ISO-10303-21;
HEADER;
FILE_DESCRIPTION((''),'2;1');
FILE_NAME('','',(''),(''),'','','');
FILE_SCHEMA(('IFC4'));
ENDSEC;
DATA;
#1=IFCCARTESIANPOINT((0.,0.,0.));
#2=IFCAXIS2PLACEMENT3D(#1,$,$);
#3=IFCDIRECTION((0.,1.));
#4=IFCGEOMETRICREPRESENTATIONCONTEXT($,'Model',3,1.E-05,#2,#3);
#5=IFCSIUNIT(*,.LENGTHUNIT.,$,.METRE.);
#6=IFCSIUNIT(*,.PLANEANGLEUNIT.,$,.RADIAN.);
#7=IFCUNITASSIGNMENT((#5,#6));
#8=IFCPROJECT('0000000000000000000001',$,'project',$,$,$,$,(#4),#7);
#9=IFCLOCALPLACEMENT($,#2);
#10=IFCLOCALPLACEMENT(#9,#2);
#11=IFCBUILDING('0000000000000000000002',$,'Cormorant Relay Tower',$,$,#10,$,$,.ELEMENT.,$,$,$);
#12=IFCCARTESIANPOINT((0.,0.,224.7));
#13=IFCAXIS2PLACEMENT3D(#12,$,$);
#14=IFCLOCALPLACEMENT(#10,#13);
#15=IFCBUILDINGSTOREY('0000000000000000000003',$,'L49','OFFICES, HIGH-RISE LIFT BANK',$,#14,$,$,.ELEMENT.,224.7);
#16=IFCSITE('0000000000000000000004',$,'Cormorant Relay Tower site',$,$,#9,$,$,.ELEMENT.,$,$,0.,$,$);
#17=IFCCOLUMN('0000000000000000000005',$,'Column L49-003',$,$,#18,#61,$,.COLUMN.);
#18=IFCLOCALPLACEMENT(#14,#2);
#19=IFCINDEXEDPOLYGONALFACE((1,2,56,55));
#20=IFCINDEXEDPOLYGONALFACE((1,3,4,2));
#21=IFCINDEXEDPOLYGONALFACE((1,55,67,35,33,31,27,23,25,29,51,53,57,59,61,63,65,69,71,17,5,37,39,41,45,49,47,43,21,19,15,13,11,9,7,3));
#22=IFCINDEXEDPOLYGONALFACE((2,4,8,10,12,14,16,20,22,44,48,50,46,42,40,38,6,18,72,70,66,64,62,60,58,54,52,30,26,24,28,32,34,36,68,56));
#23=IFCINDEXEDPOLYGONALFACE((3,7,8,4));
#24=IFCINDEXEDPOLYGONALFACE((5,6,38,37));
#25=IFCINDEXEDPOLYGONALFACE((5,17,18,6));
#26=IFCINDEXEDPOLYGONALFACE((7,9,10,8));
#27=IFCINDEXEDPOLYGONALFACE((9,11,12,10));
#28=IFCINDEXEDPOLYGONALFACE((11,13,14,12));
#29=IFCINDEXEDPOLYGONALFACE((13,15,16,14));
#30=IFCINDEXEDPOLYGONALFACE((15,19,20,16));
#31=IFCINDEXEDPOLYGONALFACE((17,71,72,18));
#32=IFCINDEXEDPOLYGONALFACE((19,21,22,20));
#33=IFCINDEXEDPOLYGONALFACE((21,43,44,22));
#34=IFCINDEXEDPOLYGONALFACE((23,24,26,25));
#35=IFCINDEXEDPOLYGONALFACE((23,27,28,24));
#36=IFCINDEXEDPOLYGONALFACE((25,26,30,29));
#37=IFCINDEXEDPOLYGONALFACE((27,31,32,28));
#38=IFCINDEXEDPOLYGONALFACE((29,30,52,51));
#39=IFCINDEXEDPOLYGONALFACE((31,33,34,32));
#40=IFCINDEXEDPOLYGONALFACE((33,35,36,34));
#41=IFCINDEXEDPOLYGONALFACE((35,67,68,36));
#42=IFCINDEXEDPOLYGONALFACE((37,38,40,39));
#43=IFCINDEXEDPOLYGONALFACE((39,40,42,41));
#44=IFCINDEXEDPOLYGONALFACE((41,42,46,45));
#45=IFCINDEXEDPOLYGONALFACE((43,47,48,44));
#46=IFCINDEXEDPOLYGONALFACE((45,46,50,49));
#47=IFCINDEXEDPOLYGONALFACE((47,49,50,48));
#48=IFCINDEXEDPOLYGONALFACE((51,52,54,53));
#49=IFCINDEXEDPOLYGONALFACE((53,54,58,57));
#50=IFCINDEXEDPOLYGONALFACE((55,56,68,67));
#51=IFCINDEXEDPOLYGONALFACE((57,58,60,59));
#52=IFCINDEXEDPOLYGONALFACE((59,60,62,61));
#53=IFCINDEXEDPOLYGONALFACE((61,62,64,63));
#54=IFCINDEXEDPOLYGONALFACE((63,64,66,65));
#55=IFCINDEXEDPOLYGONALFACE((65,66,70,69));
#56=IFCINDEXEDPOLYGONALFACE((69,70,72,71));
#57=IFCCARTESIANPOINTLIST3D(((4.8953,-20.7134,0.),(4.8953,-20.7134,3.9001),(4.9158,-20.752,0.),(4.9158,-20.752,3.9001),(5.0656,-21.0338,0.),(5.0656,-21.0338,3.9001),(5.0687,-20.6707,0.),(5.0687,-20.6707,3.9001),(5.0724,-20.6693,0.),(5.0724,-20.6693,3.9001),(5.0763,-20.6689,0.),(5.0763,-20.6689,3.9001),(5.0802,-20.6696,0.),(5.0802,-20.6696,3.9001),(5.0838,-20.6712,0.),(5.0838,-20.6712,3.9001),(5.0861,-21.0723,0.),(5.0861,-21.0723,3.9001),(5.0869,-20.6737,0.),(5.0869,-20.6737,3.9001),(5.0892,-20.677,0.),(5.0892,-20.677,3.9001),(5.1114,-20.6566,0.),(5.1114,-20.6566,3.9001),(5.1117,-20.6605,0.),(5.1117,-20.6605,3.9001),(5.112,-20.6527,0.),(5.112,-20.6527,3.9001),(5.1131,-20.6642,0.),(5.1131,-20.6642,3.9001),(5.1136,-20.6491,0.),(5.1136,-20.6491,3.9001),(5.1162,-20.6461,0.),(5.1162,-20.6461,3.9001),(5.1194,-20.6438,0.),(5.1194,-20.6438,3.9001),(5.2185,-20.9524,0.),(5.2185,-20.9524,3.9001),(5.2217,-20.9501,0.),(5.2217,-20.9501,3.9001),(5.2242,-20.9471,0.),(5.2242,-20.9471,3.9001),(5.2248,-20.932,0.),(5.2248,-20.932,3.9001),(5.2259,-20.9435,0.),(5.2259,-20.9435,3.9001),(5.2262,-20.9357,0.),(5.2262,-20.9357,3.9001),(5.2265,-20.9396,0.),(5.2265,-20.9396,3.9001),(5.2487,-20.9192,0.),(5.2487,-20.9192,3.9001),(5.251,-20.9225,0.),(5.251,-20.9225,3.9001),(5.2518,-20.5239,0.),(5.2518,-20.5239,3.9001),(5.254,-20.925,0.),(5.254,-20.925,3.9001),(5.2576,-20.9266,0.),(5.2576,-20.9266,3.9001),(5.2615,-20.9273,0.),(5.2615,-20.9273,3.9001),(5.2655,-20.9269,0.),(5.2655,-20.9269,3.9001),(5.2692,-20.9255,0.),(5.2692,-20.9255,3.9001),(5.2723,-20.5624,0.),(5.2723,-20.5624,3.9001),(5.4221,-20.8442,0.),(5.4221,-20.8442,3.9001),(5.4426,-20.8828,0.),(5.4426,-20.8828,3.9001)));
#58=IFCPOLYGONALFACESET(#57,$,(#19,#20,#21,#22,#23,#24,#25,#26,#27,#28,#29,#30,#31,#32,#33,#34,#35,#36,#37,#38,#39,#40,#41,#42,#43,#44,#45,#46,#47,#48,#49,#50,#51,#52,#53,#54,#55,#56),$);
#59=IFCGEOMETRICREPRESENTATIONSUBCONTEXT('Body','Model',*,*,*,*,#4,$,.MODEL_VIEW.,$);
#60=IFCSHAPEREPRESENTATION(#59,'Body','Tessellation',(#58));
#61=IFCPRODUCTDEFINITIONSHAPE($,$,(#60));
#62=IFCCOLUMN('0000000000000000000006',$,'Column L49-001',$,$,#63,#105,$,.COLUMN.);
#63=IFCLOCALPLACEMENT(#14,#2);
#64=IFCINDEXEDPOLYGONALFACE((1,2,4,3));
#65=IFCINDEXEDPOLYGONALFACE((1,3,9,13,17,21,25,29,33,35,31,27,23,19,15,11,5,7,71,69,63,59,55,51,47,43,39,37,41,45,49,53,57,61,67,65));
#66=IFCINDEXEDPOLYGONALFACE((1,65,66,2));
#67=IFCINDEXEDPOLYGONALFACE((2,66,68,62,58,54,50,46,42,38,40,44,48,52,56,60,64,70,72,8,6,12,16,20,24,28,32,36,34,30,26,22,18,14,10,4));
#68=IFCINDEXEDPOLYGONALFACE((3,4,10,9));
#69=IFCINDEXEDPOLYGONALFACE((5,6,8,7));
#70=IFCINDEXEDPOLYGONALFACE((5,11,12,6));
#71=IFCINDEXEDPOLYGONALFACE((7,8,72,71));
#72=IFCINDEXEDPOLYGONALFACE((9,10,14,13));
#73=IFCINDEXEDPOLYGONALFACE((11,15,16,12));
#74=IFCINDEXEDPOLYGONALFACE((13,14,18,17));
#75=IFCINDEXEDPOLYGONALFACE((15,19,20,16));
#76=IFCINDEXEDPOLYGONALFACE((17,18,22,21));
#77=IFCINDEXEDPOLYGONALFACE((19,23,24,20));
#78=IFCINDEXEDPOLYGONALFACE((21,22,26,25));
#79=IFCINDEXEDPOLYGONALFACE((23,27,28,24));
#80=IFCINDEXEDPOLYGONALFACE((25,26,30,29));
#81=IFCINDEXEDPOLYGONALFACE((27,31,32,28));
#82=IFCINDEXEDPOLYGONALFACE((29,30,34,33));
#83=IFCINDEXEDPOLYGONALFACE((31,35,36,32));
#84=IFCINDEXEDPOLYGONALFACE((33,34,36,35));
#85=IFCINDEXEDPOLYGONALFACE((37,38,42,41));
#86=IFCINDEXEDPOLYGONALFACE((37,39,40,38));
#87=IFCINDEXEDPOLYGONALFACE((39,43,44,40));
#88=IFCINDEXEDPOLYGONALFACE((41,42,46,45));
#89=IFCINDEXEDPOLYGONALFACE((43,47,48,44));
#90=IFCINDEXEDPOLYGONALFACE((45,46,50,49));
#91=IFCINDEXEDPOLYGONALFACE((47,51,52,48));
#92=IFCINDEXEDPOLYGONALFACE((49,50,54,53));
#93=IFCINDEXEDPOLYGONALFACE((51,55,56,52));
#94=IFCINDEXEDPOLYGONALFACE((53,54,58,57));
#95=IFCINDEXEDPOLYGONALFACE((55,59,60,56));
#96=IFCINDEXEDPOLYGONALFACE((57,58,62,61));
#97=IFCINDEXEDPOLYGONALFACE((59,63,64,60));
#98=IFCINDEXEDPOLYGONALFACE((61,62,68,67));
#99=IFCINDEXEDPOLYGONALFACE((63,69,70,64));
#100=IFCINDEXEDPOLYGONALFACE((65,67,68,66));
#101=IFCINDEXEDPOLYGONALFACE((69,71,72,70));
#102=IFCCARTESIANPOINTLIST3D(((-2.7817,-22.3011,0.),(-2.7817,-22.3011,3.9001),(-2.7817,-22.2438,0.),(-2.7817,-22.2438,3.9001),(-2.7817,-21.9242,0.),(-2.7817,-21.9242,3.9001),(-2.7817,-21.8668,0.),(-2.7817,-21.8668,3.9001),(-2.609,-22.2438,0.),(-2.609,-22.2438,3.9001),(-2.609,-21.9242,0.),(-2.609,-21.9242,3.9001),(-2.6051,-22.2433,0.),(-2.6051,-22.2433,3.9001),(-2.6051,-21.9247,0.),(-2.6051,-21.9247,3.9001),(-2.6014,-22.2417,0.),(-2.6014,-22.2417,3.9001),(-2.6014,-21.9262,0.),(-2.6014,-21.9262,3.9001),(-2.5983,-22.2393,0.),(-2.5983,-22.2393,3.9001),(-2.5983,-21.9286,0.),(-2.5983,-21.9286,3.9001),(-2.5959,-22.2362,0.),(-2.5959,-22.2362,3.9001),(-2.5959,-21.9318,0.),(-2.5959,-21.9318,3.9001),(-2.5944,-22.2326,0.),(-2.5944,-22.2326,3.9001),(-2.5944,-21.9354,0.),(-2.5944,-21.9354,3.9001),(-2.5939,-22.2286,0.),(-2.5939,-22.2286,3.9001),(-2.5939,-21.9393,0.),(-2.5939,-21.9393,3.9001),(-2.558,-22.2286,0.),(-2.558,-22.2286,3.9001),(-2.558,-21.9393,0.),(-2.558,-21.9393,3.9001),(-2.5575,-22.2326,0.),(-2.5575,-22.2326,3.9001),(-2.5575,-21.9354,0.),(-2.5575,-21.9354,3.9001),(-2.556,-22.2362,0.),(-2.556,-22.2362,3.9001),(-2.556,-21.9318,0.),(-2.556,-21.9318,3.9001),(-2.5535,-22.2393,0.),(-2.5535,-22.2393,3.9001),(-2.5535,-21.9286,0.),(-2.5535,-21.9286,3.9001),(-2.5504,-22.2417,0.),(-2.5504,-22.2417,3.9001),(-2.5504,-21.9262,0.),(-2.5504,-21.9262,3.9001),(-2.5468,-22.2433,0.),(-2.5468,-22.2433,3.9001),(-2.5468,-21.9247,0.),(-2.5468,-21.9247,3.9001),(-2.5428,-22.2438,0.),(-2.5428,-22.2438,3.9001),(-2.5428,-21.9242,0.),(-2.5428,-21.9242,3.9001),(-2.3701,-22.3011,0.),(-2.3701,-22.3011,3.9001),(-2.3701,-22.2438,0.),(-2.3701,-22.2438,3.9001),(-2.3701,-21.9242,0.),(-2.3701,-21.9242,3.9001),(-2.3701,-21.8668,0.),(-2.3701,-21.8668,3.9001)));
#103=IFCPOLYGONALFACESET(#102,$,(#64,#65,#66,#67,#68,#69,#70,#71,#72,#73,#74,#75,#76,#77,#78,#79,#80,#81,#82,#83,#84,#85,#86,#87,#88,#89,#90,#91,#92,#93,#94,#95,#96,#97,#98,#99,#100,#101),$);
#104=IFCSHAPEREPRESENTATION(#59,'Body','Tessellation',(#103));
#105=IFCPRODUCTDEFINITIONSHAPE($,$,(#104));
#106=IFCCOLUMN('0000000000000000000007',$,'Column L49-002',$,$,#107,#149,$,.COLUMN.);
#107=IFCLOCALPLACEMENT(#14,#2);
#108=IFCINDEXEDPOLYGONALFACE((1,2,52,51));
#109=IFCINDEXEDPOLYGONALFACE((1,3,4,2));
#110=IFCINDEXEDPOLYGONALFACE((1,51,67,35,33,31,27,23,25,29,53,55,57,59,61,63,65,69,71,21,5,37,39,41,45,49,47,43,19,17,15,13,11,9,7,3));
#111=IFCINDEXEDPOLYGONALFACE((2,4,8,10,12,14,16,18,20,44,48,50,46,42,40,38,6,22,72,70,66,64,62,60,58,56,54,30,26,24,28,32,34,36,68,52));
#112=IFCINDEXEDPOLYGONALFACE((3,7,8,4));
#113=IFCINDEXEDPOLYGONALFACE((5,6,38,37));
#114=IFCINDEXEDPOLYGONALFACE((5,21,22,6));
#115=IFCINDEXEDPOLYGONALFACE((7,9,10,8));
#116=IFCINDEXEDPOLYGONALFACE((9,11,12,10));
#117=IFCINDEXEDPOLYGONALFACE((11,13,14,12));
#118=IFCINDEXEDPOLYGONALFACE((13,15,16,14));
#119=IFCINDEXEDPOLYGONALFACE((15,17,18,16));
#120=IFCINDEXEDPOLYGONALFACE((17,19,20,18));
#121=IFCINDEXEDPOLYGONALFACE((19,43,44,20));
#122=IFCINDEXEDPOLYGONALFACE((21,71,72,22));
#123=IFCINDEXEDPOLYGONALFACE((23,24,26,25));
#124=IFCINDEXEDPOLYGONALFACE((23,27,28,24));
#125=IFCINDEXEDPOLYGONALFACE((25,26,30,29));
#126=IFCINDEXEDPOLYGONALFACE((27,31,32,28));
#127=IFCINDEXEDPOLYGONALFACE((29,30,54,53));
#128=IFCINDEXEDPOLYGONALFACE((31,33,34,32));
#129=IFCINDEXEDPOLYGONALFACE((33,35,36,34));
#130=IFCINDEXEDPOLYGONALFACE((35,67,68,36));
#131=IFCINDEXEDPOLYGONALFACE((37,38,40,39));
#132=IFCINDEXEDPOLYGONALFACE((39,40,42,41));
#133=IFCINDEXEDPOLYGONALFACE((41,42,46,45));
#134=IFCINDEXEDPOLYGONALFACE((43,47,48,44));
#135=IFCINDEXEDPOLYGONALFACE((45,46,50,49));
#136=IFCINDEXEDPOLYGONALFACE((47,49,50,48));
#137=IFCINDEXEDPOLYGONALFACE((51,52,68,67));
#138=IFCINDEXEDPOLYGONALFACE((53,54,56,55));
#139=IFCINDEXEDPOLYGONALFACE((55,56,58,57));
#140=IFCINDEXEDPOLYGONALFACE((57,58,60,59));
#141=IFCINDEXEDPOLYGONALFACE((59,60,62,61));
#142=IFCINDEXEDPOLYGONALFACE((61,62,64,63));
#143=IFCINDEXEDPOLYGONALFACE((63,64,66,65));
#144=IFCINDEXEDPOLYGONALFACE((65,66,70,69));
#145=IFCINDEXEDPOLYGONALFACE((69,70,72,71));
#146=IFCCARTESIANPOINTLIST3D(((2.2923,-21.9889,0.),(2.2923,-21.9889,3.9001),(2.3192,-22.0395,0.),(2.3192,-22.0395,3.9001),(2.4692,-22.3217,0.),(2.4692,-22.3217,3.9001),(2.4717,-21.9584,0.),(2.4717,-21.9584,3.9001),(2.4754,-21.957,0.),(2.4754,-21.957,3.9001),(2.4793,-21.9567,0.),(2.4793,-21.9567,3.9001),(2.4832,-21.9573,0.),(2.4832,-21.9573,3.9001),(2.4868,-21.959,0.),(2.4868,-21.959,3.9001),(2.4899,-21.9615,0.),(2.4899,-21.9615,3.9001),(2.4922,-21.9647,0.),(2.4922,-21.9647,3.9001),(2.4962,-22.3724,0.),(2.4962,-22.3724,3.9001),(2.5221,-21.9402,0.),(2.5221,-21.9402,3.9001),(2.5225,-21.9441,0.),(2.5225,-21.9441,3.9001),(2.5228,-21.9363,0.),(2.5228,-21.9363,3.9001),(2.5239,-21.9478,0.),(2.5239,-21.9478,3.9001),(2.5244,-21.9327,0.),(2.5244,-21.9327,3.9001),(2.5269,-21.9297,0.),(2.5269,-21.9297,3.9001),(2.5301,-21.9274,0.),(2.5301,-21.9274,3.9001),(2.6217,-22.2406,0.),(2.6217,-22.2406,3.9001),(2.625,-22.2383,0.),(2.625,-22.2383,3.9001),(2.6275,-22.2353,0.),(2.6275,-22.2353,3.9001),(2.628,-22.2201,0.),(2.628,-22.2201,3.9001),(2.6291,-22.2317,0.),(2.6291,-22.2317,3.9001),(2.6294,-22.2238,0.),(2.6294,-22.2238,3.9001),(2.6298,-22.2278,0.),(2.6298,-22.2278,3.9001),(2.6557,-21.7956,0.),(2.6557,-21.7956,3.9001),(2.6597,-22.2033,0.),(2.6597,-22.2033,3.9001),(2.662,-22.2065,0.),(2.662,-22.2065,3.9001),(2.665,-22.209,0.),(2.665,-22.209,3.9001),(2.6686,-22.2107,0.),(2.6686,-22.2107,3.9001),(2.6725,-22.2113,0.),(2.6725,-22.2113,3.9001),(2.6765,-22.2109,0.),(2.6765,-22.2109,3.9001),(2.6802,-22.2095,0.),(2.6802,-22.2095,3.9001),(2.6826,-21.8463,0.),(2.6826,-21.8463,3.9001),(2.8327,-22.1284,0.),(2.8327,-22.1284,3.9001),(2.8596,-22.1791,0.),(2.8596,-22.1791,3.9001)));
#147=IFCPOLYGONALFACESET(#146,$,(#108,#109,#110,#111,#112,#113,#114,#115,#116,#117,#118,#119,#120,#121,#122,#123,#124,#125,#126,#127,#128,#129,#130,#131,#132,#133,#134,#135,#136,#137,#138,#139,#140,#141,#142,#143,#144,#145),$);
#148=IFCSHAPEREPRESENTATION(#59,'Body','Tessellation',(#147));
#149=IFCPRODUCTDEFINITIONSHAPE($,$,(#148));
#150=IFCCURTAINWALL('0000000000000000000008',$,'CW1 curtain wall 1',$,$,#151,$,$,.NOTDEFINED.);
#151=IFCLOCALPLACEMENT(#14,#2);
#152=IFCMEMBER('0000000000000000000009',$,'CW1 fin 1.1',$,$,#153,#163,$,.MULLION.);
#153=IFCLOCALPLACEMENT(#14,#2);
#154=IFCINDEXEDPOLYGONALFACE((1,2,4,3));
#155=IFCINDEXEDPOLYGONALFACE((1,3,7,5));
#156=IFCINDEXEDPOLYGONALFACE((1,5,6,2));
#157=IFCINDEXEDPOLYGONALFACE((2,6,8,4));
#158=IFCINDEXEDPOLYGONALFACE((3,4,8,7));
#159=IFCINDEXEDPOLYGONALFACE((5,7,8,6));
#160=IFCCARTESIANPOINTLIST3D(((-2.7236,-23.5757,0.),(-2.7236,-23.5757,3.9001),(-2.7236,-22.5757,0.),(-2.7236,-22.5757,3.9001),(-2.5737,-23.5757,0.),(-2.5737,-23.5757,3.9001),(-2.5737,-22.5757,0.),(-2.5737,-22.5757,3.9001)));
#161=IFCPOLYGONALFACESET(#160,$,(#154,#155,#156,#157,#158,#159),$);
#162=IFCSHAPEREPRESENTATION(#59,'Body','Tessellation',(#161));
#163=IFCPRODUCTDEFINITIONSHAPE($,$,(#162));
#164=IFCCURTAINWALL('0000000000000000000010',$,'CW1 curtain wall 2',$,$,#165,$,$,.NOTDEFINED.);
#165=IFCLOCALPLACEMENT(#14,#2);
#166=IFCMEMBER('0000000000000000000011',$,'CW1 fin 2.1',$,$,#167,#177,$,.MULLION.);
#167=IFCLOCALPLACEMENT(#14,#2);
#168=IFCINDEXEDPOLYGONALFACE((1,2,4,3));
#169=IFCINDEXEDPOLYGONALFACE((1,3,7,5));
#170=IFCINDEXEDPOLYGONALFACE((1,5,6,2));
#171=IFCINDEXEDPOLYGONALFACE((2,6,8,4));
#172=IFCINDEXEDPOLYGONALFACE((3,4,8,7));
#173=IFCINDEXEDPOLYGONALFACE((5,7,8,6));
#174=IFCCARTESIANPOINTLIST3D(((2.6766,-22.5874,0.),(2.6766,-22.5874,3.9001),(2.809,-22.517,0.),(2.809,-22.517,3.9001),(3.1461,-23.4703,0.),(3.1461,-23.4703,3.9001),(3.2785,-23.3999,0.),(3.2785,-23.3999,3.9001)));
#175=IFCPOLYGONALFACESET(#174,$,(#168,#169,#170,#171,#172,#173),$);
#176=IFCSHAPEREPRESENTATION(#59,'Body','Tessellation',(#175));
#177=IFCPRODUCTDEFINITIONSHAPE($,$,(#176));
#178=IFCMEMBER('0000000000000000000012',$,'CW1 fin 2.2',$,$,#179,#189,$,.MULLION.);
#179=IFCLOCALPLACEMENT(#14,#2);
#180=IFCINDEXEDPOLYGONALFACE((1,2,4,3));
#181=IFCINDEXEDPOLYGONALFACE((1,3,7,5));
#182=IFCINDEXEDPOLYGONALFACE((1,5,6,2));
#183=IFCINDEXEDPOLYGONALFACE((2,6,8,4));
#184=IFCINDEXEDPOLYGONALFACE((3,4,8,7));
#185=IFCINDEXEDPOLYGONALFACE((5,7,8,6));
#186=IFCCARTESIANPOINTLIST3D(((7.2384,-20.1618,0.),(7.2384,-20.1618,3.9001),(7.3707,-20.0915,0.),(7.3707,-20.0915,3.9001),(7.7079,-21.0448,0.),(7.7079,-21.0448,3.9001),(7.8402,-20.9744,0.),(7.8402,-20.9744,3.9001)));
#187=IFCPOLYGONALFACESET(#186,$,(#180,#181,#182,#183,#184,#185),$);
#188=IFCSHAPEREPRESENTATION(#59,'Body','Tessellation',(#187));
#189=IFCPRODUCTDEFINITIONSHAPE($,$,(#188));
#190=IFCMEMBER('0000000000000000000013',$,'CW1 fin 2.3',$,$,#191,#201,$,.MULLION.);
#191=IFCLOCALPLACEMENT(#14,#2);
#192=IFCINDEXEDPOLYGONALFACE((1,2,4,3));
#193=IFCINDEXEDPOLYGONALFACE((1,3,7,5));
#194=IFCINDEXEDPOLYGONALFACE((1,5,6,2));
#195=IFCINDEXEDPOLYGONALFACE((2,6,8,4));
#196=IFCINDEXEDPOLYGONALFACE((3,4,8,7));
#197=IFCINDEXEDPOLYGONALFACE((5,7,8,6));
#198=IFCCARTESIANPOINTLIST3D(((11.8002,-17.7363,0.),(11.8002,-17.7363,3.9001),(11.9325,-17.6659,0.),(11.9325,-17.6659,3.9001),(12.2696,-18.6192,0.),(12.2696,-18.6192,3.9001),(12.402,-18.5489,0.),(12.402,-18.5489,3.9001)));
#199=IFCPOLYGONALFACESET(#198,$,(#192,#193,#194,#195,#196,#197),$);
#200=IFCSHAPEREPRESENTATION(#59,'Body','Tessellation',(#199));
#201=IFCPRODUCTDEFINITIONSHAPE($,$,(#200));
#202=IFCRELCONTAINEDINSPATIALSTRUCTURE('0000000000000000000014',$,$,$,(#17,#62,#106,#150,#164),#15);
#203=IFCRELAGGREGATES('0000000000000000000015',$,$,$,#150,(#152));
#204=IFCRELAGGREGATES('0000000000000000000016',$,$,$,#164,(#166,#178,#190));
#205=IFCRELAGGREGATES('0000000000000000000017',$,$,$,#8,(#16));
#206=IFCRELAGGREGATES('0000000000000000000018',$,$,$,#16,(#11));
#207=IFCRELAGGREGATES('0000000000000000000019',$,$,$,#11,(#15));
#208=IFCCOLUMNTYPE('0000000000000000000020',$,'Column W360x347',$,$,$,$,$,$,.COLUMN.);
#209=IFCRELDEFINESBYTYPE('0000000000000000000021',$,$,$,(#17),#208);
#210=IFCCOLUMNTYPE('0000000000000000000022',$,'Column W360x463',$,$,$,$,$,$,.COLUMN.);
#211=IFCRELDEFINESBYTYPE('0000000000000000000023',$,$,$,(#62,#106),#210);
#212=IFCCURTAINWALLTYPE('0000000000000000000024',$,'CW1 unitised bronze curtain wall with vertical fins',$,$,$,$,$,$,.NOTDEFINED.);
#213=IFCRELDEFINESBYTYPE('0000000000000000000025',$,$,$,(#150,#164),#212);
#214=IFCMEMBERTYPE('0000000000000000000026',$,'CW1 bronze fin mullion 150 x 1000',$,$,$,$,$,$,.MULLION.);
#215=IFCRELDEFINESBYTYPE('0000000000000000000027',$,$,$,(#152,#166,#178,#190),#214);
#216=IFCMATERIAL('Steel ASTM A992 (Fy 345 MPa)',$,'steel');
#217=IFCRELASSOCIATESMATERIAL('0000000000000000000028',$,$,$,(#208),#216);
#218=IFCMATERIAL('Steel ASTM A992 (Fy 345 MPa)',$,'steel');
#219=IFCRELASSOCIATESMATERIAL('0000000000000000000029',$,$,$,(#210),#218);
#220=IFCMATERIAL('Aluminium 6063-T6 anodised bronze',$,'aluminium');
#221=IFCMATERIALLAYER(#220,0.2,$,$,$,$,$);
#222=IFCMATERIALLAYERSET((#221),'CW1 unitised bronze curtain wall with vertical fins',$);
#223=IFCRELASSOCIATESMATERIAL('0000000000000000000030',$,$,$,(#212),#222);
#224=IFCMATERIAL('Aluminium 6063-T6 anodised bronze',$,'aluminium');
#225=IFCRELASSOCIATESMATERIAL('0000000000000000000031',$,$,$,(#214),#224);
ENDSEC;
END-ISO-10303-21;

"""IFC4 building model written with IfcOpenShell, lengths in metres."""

from ifc_helpers import new_model, si_unit, direction, frame, origin, origin_2d, place, context, subcontext, project, spatial, rectangle, i_section, extrude, material, layer, layer_set, material_profile, profile_set, type_object, element, aggregate, save


model = new_model("IFC4")

# Units and contexts
model_context = context("Model", 3, precision=1e-05, world=origin(), true_north=direction((0.0, 1.0)))
body_context = subcontext(model_context, "Body", "Model", "MODEL_VIEW")
ifc_project = project(units=[si_unit("LENGTHUNIT", "METRE"), si_unit("PLANEANGLEUNIT", "RADIAN")], contexts=[model_context])

# Site, building, storey
site_placement = place(None, origin())
site = spatial("IfcSite", under=ifc_project, at=site_placement, Name="Cormorant Relay Tower site", CompositionType="ELEMENT", RefElevation=0.0)
building_placement = place(site_placement, origin())
building = spatial("IfcBuilding", under=site, at=building_placement, Name="Cormorant Relay Tower", CompositionType="ELEMENT")
storey_placement = place(building_placement, frame((0.0, 0.0, 224.7)))
storey = spatial("IfcBuildingStorey", under=building, at=storey_placement, Name="L49", Description="OFFICES, HIGH-RISE LIFT BANK", CompositionType="ELEMENT", Elevation=224.7)

# Columns
ifc_material_1 = material(Name="Steel ASTM A992 (Fy 345 MPa)", Category="steel")
ifc_material_profile_1 = material_profile(ifc_material_1, i_section(OverallWidth=0.4038, OverallDepth=0.4065, WebThickness=0.0271, FlangeThickness=0.0437, FilletRadius=0.0151, at=origin_2d()), Name="W360x347")
ifc_profile_set_1 = profile_set([ifc_material_profile_1], Name="Steel ASTM A992 (Fy 345 MPa)")
column_type_1 = type_object("IfcColumnType", Name="Column W360x347", PredefinedType="COLUMN", material=ifc_profile_set_1)
column_placement = place(storey_placement, frame((5.1689, -20.7981, 0.0), z_axis=(0.0, 0.0, 1.0), x_axis=(0.882948, 0.469472, 0.0)))
element("IfcColumn", 1, at=column_placement, inside=storey, type_object=column_type_1, Name="Column L49-003", PredefinedType="COLUMN", context=body_context, shape_type="SweptSolid", body=[
    extrude(i_section(OverallWidth=0.4038, OverallDepth=0.4065, WebThickness=0.0271, FlangeThickness=0.0437, FilletRadius=0.0151, at=origin_2d()), origin(), (0.0, 0.0, 1.0), 3.9001),
])
ifc_material_2 = material(Name="Steel ASTM A992 (Fy 345 MPa)", Category="steel")
ifc_material_profile_2 = material_profile(ifc_material_2, i_section(OverallWidth=0.4116, OverallDepth=0.4343, WebThickness=0.0359, FlangeThickness=0.0574, FilletRadius=0.0151, at=origin_2d()), Name="W360x463")
ifc_profile_set_2 = profile_set([ifc_material_profile_2], Name="Steel ASTM A992 (Fy 345 MPa)")
column_type_2 = type_object("IfcColumnType", Name="Column W360x463", PredefinedType="COLUMN", material=ifc_profile_set_2)
for number, where, z_axis, x_axis, name in (
    (2, (-2.5759, -22.084, 0.0), (0.0, 0.0, 1.0), (1.0, 0.0, 0.0), "Column L49-001"),
    (3, (2.5759, -22.084, 0.0), (0.0, 0.0, 1.0), (0.882948, 0.469472, 0.0), "Column L49-002"),
):
    element("IfcColumn", number, at=place(storey_placement, frame(where, z_axis=z_axis, x_axis=x_axis)), inside=storey, type_object=column_type_2, Name=name, PredefinedType="COLUMN", context=body_context, shape_type="SweptSolid", body=[
        extrude(i_section(OverallWidth=0.4116, OverallDepth=0.4343, WebThickness=0.0359, FlangeThickness=0.0574, FilletRadius=0.0151, at=origin_2d()), origin(), (0.0, 0.0, 1.0), 3.9001),
    ])

# Curtain wall, member
ifc_material_3 = material(Name="Aluminium 6063-T6 anodised bronze", Category="aluminium")
ifc_layer_1 = layer(ifc_material_3, 0.2)
ifc_layer_set_1 = layer_set([ifc_layer_1], Name="CW1 unitised bronze curtain wall with vertical fins")
curtain_wall_type = type_object("IfcCurtainWallType", Name="CW1 unitised bronze curtain wall with vertical fins", PredefinedType="NOTDEFINED", material=ifc_layer_set_1)
curtain_wall_1_placement = place(storey_placement, origin())
curtain_wall_1 = element("IfcCurtainWall", 4, at=curtain_wall_1_placement, inside=storey, type_object=curtain_wall_type, Name="CW1 curtain wall 1", PredefinedType="NOTDEFINED")
ifc_material_4 = material(Name="Aluminium 6063-T6 anodised bronze", Category="aluminium")
ifc_material_profile_3 = material_profile(ifc_material_4, rectangle(XDim=0.1499, YDim=1.0, at=origin_2d()), Name="AL 150x1000")
ifc_profile_set_3 = profile_set([ifc_material_profile_3], Name="Aluminium 6063-T6 anodised bronze")
member_type_1 = type_object("IfcMemberType", Name="CW1 bronze fin mullion 150 x 1000", PredefinedType="MULLION", material=ifc_profile_set_3)
member_1_placement = place(storey_placement, frame((-2.6487, -23.0757, 0.0), z_axis=(0.0, 0.0, 1.0), x_axis=(1.0, 0.0, 0.0)))
member_1 = element("IfcMember", 5, at=member_1_placement, type_object=member_type_1, Name="CW1 fin 1.1", PredefinedType="MULLION", context=body_context, shape_type="SweptSolid", body=[
    extrude(rectangle(XDim=0.1499, YDim=1.0, at=origin_2d()), origin(), (0.0, 0.0, 1.0), 3.9001),
])

# Curtain wall, members
curtain_wall_2_placement = place(storey_placement, origin())
curtain_wall_2 = element("IfcCurtainWall", 6, at=curtain_wall_2_placement, inside=storey, type_object=curtain_wall_type, Name="CW1 curtain wall 2", PredefinedType="NOTDEFINED")
member_2_placement = place(storey_placement, frame((2.9775, -22.9937, 0.0), z_axis=(0.0, 0.0, 1.0), x_axis=(0.882948, 0.469472, 0.0)))
member_2 = element("IfcMember", 7, at=member_2_placement, type_object=member_type_1, Name="CW1 fin 2.1", PredefinedType="MULLION", context=body_context, shape_type="SweptSolid", body=[
    extrude(rectangle(XDim=0.1499, YDim=1.0, at=origin_2d()), origin(), (0.0, 0.0, 1.0), 3.9001),
])
member_3_placement = place(storey_placement, frame((7.5393, -20.5681, 0.0), z_axis=(0.0, 0.0, 1.0), x_axis=(0.882948, 0.469472, 0.0)))
member_3 = element("IfcMember", 8, at=member_3_placement, type_object=member_type_1, Name="CW1 fin 2.2", PredefinedType="MULLION", context=body_context, shape_type="SweptSolid", body=[
    extrude(rectangle(XDim=0.1499, YDim=1.0, at=origin_2d()), origin(), (0.0, 0.0, 1.0), 3.9001),
])
member_4_placement = place(storey_placement, frame((12.1011, -18.1426, 0.0), z_axis=(0.0, 0.0, 1.0), x_axis=(0.882948, 0.469472, 0.0)))
member_4 = element("IfcMember", 9, at=member_4_placement, type_object=member_type_1, Name="CW1 fin 2.3", PredefinedType="MULLION", context=body_context, shape_type="SweptSolid", body=[
    extrude(rectangle(XDim=0.1499, YDim=1.0, at=origin_2d()), origin(), (0.0, 0.0, 1.0), 3.9001),
])

aggregate(curtain_wall_1, [member_1])
aggregate(curtain_wall_2, [member_2, member_3, member_4])

save(model, "model.ifc")
